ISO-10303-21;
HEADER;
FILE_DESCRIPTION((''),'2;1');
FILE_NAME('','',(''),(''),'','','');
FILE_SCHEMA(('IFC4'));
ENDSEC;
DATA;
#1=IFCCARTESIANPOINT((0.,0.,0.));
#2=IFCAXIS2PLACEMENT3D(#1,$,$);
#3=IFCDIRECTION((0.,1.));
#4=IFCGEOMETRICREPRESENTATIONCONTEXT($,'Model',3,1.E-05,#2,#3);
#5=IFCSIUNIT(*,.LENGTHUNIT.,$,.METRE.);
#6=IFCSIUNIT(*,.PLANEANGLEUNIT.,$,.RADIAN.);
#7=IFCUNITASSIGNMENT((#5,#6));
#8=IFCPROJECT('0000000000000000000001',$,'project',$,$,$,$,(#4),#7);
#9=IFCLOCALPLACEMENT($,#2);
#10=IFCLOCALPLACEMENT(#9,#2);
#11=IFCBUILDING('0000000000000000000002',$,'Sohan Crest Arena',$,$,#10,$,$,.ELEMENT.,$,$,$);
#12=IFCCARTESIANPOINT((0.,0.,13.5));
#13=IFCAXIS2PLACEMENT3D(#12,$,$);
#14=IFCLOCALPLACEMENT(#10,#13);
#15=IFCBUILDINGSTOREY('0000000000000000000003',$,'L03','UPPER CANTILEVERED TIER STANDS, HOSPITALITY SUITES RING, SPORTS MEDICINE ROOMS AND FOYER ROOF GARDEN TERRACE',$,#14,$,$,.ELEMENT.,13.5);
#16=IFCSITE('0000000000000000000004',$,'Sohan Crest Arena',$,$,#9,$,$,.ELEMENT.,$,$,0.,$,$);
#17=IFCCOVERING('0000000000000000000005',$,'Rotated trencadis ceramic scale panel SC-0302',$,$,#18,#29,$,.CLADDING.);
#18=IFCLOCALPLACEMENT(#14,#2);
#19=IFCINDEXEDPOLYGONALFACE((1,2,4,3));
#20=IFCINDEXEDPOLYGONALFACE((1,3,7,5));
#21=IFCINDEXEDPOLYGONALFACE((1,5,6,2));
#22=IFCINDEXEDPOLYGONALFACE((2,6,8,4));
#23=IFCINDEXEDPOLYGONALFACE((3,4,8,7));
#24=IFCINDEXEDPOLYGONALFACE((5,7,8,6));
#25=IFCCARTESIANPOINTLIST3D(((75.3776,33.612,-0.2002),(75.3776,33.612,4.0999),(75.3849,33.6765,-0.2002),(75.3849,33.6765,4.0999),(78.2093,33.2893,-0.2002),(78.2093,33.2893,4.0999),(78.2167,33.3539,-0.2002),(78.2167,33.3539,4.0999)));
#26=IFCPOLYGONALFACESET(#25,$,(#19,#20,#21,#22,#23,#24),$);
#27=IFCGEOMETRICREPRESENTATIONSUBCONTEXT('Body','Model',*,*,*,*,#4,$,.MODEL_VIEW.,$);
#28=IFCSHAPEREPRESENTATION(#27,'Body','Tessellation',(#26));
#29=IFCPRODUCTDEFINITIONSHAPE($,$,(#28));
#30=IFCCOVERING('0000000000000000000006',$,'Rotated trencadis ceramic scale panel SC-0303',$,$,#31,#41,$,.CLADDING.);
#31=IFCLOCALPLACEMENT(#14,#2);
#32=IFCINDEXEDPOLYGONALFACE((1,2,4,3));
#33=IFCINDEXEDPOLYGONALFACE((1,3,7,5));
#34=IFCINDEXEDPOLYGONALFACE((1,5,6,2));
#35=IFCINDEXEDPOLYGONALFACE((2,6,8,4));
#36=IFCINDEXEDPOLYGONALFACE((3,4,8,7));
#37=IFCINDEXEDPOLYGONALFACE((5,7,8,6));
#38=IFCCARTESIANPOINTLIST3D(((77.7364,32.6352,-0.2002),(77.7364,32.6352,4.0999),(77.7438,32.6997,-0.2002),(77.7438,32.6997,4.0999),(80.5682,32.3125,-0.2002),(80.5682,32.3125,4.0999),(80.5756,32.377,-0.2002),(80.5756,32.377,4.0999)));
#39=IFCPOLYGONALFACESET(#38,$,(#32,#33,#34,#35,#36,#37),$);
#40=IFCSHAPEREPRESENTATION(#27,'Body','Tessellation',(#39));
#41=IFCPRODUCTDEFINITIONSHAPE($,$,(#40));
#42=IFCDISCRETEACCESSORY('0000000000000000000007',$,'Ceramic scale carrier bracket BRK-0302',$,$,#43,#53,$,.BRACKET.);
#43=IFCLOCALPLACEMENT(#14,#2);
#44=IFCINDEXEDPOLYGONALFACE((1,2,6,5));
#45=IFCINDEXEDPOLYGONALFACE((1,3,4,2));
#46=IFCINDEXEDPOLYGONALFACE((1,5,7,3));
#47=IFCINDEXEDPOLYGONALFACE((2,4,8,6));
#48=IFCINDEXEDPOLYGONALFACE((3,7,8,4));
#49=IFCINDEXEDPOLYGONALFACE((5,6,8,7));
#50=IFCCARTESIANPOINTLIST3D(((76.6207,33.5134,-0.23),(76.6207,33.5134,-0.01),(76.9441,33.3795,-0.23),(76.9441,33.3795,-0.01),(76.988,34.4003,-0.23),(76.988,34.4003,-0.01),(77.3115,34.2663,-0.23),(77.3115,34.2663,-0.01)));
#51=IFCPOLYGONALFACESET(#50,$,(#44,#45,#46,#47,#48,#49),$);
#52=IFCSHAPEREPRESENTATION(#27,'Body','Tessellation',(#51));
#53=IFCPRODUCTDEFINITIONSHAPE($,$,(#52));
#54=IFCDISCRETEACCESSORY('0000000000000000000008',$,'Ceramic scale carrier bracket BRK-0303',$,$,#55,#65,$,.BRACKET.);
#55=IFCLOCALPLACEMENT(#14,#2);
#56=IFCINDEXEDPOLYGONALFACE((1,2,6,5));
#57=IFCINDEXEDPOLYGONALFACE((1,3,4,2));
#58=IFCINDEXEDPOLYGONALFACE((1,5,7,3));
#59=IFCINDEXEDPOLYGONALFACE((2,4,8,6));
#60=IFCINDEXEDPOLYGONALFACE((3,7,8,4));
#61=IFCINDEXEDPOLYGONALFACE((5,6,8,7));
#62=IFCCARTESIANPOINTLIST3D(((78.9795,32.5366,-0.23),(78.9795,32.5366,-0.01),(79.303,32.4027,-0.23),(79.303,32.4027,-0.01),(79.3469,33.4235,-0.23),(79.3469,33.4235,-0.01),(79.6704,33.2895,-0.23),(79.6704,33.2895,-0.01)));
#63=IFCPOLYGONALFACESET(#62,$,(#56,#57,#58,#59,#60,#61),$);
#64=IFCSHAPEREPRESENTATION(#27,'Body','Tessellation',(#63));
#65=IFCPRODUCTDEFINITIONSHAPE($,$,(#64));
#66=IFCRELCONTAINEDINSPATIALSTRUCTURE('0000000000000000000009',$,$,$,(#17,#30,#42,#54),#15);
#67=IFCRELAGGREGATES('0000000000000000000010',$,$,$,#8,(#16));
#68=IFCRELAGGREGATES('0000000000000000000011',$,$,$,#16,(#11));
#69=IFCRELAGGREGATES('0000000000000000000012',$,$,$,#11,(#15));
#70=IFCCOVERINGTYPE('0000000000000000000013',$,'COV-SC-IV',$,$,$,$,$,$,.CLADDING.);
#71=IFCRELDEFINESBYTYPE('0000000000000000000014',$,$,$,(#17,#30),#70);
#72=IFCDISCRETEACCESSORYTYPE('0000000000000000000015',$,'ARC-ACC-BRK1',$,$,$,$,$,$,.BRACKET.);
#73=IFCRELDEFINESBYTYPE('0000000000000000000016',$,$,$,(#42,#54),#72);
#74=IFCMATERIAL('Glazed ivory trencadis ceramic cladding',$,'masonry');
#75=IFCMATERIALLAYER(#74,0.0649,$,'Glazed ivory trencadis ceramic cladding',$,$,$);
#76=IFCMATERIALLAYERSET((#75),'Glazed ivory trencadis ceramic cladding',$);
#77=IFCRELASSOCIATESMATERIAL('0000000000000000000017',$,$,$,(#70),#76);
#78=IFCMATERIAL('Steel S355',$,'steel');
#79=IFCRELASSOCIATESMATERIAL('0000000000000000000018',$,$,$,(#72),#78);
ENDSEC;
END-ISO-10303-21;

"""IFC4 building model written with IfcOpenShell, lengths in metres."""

from ifc_helpers import new_model, si_unit, direction, frame, origin, origin_2d, place, context, subcontext, project, spatial, rectangle, extrude, material, layer, layer_set, type_object, element, save


model = new_model("IFC4")

# Units and contexts
model_context = context("Model", 3, precision=1e-05, world=origin(), true_north=direction((0.0, 1.0)))
body_context = subcontext(model_context, "Body", "Model", "MODEL_VIEW")
ifc_project = project(units=[si_unit("LENGTHUNIT", "METRE"), si_unit("PLANEANGLEUNIT", "RADIAN")], contexts=[model_context])

# Site, building, storey
site_placement = place(None, origin())
site = spatial("IfcSite", under=ifc_project, at=site_placement, Name="Sohan Crest Arena", CompositionType="ELEMENT", RefElevation=0.0)
building_placement = place(site_placement, origin())
building = spatial("IfcBuilding", under=site, at=building_placement, Name="Sohan Crest Arena", CompositionType="ELEMENT")
storey_placement = place(building_placement, frame((0.0, 0.0, 13.5)))
storey = spatial("IfcBuildingStorey", under=building, at=storey_placement, Name="L03", Description="UPPER CANTILEVERED TIER STANDS, HOSPITALITY SUITES RING, SPORTS MEDICINE ROOMS AND FOYER ROOF GARDEN TERRACE", CompositionType="ELEMENT", Elevation=13.5)

# Coverings
ifc_material_1 = material(Name="Glazed ivory trencadis ceramic cladding", Category="masonry")
ifc_layer_1 = layer(ifc_material_1, 0.0649, Name="Glazed ivory trencadis ceramic cladding")
ifc_layer_set_1 = layer_set([ifc_layer_1], Name="Glazed ivory trencadis ceramic cladding")
covering_type = type_object("IfcCoveringType", Name="COV-SC-IV", PredefinedType="CLADDING", material=ifc_layer_set_1)
for number, where, z_axis, x_axis, name in (
    (1, (76.7971, 33.4829, -0.2002), (0.0, 0.0, 1.0), (0.993572, -0.113203, 0.0), "Rotated trencadis ceramic scale panel SC-0302"),
    (2, (79.156, 32.5061, -0.2002), (0.0, 0.0, 1.0), (0.993572, -0.113203, 0.0), "Rotated trencadis ceramic scale panel SC-0303"),
):
    element("IfcCovering", number, at=place(storey_placement, frame(where, z_axis=z_axis, x_axis=x_axis)), inside=storey, type_object=covering_type, Name=name, PredefinedType="CLADDING", context=body_context, shape_type="SweptSolid", body=[
        extrude(rectangle(XDim=2.8501, YDim=0.0649, at=origin_2d()), origin(), (0.0, 0.0, 1.0), 4.3),
    ])

# Discrete accessories
ifc_material_2 = material(Name="Steel S355", Category="steel")
discrete_accessory_type = type_object("IfcDiscreteAccessoryType", Name="ARC-ACC-BRK1", PredefinedType="BRACKET", material=ifc_material_2)
for number, where, z_axis, x_axis, name in (
    (3, (76.9661, 33.8899, -0.23), (0.0, 0.0, 1.0), (0.92388, -0.382683, 0.0), "Ceramic scale carrier bracket BRK-0302"),
    (4, (79.325, 32.9131, -0.23), (0.0, 0.0, 1.0), (0.92388, -0.382683, 0.0), "Ceramic scale carrier bracket BRK-0303"),
):
    element("IfcDiscreteAccessory", number, at=place(storey_placement, frame(where, z_axis=z_axis, x_axis=x_axis)), inside=storey, type_object=discrete_accessory_type, Name=name, PredefinedType="BRACKET", context=body_context, shape_type="SweptSolid", body=[
        extrude(rectangle(XDim=0.3501, YDim=0.96, at=origin_2d()), origin(), (0.0, 0.0, 1.0), 0.22),
    ])

save(model, "model.ifc")
